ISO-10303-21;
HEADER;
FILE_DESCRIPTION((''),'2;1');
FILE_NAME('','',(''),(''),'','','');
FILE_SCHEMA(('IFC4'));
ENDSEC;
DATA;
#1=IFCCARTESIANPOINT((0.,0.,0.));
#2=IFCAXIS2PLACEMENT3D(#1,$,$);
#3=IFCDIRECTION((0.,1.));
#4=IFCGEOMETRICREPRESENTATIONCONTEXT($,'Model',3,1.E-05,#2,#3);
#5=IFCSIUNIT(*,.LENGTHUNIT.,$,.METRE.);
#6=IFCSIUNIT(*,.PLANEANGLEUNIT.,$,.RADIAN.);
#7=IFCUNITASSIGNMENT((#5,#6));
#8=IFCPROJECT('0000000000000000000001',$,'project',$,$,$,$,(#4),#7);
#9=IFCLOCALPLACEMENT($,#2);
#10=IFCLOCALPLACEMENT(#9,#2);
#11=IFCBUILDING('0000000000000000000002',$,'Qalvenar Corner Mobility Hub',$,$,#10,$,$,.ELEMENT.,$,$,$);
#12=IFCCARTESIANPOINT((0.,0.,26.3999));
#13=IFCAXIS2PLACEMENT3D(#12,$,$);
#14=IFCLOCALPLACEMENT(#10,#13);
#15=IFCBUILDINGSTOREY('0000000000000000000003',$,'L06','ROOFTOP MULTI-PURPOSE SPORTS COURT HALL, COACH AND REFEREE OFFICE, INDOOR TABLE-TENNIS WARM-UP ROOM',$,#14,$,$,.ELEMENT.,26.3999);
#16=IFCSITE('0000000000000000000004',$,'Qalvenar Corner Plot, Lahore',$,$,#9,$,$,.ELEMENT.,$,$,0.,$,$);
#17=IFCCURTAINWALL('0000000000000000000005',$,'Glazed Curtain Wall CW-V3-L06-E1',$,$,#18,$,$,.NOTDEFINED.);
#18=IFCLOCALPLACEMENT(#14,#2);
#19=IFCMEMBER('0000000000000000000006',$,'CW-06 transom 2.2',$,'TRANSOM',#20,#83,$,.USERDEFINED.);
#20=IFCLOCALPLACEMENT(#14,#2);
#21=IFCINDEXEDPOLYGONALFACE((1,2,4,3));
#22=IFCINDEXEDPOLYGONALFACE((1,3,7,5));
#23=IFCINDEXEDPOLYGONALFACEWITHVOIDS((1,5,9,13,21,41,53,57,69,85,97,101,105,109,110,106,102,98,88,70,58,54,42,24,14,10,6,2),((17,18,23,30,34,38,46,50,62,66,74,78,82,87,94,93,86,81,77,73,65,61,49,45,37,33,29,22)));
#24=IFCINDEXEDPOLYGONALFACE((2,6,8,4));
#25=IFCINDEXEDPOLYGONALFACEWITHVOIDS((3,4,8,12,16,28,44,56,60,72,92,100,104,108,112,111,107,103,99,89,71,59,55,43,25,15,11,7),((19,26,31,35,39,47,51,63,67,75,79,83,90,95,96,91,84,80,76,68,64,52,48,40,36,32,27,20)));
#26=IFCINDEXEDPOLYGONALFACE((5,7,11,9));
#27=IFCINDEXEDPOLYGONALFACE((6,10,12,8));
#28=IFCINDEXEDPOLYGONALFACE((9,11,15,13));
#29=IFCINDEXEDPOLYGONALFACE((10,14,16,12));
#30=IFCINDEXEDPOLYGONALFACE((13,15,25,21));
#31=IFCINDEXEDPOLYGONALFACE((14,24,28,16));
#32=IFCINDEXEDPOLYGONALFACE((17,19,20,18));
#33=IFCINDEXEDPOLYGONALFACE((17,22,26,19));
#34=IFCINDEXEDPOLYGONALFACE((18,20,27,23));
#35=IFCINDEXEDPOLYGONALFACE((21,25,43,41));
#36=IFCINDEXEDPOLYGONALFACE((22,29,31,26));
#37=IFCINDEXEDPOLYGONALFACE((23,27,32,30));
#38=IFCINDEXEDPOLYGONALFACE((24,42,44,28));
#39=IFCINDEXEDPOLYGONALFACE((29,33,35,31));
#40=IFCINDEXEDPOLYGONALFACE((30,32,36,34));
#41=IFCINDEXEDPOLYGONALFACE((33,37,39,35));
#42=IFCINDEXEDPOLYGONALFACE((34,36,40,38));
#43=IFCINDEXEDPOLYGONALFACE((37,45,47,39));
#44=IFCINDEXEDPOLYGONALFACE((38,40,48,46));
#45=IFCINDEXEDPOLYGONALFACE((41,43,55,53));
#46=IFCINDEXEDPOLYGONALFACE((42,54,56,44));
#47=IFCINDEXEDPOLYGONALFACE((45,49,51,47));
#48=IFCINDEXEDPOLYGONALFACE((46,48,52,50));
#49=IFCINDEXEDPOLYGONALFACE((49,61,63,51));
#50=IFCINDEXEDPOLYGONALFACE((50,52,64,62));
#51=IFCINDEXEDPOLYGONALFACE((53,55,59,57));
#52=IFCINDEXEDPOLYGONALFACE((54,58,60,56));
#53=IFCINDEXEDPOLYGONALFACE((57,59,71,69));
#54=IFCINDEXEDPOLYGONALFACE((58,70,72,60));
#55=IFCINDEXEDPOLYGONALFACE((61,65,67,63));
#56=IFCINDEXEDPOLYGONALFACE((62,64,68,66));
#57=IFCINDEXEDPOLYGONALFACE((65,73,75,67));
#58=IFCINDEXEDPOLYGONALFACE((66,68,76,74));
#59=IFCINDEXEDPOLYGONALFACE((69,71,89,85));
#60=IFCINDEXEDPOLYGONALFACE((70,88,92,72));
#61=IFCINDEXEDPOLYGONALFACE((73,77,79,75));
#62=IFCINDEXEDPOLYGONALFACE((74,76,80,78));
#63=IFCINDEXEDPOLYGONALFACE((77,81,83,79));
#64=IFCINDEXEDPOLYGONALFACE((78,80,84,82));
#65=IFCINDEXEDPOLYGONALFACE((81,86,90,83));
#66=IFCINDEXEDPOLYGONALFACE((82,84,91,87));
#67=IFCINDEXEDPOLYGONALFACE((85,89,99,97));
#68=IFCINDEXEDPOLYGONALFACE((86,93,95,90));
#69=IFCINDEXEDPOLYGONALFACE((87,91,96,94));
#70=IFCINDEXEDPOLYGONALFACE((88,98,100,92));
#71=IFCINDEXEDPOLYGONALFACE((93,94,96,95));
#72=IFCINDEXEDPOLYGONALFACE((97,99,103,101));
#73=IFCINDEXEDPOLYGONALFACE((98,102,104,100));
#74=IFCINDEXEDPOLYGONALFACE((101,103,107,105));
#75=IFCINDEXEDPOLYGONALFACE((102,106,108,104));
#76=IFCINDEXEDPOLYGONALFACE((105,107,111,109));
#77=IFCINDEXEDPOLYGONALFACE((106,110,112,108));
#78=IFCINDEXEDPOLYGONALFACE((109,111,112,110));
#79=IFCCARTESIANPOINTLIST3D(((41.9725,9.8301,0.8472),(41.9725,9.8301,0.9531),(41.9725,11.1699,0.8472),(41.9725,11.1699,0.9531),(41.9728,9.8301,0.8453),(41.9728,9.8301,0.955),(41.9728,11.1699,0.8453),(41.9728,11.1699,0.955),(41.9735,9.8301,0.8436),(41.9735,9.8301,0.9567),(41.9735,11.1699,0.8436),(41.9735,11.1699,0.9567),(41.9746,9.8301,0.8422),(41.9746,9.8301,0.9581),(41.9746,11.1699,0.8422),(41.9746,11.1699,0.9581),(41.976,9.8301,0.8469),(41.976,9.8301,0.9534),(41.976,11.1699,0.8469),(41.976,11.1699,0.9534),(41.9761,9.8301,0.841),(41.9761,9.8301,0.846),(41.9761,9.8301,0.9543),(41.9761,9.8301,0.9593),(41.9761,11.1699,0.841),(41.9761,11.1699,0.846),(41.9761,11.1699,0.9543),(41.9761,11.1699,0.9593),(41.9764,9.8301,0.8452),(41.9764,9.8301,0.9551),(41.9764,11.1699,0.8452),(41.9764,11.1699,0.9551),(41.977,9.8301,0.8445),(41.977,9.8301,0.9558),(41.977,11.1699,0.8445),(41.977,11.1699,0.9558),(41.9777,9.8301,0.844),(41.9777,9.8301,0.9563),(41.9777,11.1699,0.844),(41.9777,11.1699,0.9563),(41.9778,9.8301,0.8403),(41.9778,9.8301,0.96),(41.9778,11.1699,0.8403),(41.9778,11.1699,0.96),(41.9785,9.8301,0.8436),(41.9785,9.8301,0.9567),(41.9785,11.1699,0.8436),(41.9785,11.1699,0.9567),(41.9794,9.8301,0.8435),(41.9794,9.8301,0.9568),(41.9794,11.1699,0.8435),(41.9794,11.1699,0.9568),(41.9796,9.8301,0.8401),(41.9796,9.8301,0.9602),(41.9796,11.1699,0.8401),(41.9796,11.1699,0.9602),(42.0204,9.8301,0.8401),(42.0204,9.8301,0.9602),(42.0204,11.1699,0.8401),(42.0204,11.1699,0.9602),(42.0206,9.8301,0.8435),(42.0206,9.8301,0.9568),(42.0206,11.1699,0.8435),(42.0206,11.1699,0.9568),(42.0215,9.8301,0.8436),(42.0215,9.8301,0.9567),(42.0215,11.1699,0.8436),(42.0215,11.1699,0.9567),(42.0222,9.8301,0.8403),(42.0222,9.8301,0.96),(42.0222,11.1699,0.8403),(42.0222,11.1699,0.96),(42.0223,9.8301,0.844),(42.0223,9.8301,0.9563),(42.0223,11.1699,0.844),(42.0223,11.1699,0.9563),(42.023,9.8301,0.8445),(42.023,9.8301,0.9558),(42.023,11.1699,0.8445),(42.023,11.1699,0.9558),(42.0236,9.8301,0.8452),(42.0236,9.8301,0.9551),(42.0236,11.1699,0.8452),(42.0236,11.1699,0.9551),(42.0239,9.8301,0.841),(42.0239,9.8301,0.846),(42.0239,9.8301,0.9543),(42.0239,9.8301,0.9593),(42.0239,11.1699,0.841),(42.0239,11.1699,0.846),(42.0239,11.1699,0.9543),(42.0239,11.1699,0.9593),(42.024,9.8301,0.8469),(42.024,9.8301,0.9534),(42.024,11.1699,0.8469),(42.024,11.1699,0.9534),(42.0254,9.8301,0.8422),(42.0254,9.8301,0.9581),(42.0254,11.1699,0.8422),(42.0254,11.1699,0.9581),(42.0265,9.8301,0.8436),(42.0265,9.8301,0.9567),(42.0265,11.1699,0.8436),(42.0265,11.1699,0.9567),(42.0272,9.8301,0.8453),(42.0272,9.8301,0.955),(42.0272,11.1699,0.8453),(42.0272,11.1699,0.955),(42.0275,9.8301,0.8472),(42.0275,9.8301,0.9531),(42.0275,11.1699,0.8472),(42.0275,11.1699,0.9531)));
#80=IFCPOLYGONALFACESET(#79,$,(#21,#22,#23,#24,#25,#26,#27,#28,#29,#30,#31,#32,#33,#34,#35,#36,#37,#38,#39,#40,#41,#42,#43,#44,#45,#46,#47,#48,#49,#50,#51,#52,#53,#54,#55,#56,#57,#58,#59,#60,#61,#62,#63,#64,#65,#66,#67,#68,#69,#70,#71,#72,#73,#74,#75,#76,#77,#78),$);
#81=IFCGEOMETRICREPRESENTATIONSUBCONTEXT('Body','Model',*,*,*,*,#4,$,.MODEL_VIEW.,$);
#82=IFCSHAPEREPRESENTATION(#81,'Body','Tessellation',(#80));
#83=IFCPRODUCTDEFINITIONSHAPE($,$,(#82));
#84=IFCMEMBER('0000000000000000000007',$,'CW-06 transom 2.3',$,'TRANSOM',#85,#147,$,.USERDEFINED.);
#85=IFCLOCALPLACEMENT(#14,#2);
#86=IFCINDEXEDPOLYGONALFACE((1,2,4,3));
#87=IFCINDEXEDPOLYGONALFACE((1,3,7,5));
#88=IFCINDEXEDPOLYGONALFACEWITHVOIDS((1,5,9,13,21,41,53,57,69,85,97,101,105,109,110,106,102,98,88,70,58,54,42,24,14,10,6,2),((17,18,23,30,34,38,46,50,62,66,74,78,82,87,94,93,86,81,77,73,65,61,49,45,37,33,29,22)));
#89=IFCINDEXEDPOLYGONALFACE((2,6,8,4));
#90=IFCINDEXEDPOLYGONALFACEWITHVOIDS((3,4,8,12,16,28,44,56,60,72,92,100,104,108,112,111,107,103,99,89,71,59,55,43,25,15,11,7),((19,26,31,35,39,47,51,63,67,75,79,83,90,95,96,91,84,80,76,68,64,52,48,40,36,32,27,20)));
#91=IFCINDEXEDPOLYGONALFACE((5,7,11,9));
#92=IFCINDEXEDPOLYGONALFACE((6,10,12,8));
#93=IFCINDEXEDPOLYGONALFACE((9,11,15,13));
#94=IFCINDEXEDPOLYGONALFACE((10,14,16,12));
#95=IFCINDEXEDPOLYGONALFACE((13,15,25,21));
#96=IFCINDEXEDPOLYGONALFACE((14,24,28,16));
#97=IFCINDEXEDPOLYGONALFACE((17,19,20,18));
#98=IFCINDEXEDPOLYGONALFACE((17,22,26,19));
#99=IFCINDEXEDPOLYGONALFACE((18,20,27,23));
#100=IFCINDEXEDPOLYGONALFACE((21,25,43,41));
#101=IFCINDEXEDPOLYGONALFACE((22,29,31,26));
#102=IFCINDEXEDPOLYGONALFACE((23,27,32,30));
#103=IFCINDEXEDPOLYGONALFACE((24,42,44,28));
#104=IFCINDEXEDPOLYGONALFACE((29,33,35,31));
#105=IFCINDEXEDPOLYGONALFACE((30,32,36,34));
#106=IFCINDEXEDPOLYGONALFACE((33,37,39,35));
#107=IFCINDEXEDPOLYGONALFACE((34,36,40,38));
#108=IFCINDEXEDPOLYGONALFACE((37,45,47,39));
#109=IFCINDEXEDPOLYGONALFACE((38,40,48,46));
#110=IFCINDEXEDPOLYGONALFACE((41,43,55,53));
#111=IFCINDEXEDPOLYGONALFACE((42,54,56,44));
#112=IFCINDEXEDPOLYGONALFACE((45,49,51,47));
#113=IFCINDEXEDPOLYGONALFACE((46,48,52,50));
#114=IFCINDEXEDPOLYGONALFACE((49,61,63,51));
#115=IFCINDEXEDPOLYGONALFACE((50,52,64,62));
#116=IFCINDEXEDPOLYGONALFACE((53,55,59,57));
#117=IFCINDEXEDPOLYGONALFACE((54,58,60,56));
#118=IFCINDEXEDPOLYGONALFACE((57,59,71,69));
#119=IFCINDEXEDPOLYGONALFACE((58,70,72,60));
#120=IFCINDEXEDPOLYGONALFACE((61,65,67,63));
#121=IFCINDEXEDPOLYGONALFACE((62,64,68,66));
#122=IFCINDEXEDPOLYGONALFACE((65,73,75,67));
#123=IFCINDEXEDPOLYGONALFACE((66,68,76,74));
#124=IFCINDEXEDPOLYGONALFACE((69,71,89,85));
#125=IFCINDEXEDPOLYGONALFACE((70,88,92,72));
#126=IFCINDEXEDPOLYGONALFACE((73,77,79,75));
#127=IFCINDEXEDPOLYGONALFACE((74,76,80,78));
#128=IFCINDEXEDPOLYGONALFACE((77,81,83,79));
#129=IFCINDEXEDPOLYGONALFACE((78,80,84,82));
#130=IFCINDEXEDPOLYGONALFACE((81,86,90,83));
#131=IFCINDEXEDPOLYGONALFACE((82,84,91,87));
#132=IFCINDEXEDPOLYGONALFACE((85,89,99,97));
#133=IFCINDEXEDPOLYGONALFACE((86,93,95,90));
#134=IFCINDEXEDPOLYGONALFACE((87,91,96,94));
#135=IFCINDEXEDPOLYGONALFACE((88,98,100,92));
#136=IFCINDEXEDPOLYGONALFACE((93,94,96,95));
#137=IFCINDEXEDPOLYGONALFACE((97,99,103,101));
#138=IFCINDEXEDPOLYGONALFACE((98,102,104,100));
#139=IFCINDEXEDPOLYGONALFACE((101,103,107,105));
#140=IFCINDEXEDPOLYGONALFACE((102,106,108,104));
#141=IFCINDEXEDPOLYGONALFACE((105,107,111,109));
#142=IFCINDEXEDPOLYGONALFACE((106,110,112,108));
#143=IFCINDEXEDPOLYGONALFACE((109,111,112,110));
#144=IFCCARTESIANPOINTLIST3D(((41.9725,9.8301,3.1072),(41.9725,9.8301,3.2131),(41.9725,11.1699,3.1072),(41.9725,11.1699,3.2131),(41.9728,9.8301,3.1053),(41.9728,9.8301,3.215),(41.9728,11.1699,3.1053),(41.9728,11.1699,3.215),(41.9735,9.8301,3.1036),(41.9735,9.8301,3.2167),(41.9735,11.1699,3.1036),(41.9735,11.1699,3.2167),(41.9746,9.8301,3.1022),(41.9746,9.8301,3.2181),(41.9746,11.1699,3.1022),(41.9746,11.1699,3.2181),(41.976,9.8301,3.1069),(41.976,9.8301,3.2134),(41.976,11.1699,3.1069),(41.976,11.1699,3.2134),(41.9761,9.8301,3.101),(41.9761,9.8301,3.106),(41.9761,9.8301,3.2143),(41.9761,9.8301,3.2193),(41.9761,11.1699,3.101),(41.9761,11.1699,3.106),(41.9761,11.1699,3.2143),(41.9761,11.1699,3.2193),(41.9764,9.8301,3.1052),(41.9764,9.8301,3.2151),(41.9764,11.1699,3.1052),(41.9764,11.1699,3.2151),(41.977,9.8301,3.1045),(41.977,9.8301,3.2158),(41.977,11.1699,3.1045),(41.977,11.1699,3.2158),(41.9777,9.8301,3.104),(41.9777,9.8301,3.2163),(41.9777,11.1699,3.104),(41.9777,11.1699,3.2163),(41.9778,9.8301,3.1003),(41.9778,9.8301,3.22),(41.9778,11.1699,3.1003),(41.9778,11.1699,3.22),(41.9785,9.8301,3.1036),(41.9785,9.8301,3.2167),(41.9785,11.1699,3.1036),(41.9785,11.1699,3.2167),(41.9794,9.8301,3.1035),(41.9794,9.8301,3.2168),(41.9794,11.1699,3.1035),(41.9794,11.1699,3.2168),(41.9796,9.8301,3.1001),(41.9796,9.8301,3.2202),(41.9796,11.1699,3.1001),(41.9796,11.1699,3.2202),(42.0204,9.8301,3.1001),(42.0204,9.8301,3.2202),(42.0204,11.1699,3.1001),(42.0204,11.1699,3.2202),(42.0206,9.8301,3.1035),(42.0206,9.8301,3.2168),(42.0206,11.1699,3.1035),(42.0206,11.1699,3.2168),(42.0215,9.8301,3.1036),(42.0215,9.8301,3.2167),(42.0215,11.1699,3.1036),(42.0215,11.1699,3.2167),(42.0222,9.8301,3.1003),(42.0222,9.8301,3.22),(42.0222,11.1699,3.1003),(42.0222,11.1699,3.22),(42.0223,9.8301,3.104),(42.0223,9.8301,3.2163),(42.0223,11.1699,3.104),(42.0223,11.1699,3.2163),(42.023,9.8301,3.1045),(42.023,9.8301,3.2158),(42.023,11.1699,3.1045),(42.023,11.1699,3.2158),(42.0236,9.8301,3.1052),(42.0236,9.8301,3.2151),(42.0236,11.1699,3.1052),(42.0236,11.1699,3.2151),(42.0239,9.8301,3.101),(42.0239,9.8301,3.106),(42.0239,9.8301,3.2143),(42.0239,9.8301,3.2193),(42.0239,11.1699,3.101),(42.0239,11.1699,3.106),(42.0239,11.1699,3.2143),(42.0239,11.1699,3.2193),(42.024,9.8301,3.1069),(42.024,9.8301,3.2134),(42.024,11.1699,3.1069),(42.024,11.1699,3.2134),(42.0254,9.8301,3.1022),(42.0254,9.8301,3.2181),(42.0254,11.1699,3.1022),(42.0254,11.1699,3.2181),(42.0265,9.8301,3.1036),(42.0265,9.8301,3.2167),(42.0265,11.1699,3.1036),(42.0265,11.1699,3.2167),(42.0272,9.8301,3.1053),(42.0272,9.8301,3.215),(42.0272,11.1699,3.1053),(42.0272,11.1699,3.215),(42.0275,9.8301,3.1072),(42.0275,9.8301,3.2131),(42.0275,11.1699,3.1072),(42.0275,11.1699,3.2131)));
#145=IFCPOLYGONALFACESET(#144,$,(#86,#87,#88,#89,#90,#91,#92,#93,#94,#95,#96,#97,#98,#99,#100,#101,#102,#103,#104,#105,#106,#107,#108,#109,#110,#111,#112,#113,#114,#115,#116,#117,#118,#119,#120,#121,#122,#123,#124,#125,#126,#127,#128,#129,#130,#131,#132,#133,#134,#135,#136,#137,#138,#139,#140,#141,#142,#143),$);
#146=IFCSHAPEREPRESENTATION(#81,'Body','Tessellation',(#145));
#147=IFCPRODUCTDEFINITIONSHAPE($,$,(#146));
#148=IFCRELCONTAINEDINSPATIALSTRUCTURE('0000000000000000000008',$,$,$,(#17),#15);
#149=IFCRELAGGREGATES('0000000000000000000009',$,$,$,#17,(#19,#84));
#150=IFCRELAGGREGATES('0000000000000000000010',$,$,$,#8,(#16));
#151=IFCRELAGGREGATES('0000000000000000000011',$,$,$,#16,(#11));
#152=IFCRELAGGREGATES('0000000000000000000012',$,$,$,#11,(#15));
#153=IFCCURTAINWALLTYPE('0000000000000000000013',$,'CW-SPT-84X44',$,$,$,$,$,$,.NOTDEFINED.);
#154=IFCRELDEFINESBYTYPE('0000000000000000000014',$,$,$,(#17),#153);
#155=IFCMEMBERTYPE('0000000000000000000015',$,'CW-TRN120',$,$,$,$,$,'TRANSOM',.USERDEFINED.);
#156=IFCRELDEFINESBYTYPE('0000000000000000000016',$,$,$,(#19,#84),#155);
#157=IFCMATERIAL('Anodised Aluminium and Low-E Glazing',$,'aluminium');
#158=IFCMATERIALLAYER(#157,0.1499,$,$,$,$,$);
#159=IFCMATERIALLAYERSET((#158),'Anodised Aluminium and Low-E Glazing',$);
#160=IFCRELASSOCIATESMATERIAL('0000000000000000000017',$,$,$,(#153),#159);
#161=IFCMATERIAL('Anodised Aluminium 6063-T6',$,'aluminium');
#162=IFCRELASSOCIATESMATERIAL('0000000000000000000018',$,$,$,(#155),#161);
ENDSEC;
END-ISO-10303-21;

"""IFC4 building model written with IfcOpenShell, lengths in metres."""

from ifc_helpers import new_model, si_unit, direction, frame, origin, origin_2d, place, context, subcontext, project, spatial, hollow_rectangle, extrude, material, layer, layer_set, material_profile, profile_set, type_object, element, aggregate, save


model = new_model("IFC4")

# Units and contexts
model_context = context("Model", 3, precision=1e-05, world=origin(), true_north=direction((0.0, 1.0)))
body_context = subcontext(model_context, "Body", "Model", "MODEL_VIEW")
ifc_project = project(units=[si_unit("LENGTHUNIT", "METRE"), si_unit("PLANEANGLEUNIT", "RADIAN")], contexts=[model_context])

# Site, building, storey
site_placement = place(None, origin())
site = spatial("IfcSite", under=ifc_project, at=site_placement, Name="Qalvenar Corner Plot, Lahore", CompositionType="ELEMENT", RefElevation=0.0)
building_placement = place(site_placement, origin())
building = spatial("IfcBuilding", under=site, at=building_placement, Name="Qalvenar Corner Mobility Hub", CompositionType="ELEMENT")
storey_placement = place(building_placement, frame((0.0, 0.0, 26.3999)))
storey = spatial("IfcBuildingStorey", under=building, at=storey_placement, Name="L06", Description="ROOFTOP MULTI-PURPOSE SPORTS COURT HALL, COACH AND REFEREE OFFICE, INDOOR TABLE-TENNIS WARM-UP ROOM", CompositionType="ELEMENT", Elevation=26.3999)

# Curtain wall
ifc_material_1 = material(Name="Anodised Aluminium and Low-E Glazing", Category="aluminium")
ifc_material_2 = material(Name="Anodised Aluminium 6063-T6", Category="aluminium")
ifc_layer_1 = layer(ifc_material_1, 0.1499)
ifc_layer_set_1 = layer_set([ifc_layer_1], Name="Anodised Aluminium and Low-E Glazing")
curtain_wall_type_1 = type_object("IfcCurtainWallType", Name="CW-SPT-84X44", PredefinedType="NOTDEFINED", material=ifc_layer_set_1)
curtain_wall_1_placement = place(storey_placement, origin())
curtain_wall_1 = element("IfcCurtainWall", 1, at=curtain_wall_1_placement, inside=storey, type_object=curtain_wall_type_1, Name="Glazed Curtain Wall CW-V3-L06-E1", PredefinedType="NOTDEFINED")

# Members
ifc_material_profile_1 = material_profile(ifc_material_2, hollow_rectangle(XDim=0.0549, YDim=0.1201, WallThickness=0.0034, InnerFilletRadius=0.0034, OuterFilletRadius=0.0071, at=origin_2d()), Name="RHS120x55x3.5")
ifc_profile_set_1 = profile_set([ifc_material_profile_1], Name="Anodised Aluminium 6063-T6")
member_type_1 = type_object("IfcMemberType", Name="CW-TRN120", ElementType="TRANSOM", PredefinedType="USERDEFINED", material=ifc_profile_set_1)
member_1_placement = place(storey_placement, frame((42.0, 9.8301, 0.9001), z_axis=(0.0, 1.0, 0.0), x_axis=(-1.0, 0.0, 0.0)))
member_1 = element("IfcMember", 2, at=member_1_placement, type_object=member_type_1, Name="CW-06 transom 2.2", ObjectType="TRANSOM", PredefinedType="USERDEFINED", context=body_context, shape_type="SweptSolid", body=[
    extrude(hollow_rectangle(XDim=0.0549, YDim=0.1201, WallThickness=0.0034, InnerFilletRadius=0.0034, OuterFilletRadius=0.0071, at=origin_2d()), origin(), (0.0, 0.0, 1.0), 1.3398),
])
member_2_placement = place(storey_placement, frame((42.0, 9.8301, 3.1602), z_axis=(0.0, 1.0, 0.0), x_axis=(-1.0, 0.0, 0.0)))
member_2 = element("IfcMember", 3, at=member_2_placement, type_object=member_type_1, Name="CW-06 transom 2.3", ObjectType="TRANSOM", PredefinedType="USERDEFINED", context=body_context, shape_type="SweptSolid", body=[
    extrude(hollow_rectangle(XDim=0.0549, YDim=0.1201, WallThickness=0.0034, InnerFilletRadius=0.0034, OuterFilletRadius=0.0071, at=origin_2d()), origin(), (0.0, 0.0, 1.0), 1.3398),
])

aggregate(curtain_wall_1, [member_1, member_2])

save(model, "model.ifc")
